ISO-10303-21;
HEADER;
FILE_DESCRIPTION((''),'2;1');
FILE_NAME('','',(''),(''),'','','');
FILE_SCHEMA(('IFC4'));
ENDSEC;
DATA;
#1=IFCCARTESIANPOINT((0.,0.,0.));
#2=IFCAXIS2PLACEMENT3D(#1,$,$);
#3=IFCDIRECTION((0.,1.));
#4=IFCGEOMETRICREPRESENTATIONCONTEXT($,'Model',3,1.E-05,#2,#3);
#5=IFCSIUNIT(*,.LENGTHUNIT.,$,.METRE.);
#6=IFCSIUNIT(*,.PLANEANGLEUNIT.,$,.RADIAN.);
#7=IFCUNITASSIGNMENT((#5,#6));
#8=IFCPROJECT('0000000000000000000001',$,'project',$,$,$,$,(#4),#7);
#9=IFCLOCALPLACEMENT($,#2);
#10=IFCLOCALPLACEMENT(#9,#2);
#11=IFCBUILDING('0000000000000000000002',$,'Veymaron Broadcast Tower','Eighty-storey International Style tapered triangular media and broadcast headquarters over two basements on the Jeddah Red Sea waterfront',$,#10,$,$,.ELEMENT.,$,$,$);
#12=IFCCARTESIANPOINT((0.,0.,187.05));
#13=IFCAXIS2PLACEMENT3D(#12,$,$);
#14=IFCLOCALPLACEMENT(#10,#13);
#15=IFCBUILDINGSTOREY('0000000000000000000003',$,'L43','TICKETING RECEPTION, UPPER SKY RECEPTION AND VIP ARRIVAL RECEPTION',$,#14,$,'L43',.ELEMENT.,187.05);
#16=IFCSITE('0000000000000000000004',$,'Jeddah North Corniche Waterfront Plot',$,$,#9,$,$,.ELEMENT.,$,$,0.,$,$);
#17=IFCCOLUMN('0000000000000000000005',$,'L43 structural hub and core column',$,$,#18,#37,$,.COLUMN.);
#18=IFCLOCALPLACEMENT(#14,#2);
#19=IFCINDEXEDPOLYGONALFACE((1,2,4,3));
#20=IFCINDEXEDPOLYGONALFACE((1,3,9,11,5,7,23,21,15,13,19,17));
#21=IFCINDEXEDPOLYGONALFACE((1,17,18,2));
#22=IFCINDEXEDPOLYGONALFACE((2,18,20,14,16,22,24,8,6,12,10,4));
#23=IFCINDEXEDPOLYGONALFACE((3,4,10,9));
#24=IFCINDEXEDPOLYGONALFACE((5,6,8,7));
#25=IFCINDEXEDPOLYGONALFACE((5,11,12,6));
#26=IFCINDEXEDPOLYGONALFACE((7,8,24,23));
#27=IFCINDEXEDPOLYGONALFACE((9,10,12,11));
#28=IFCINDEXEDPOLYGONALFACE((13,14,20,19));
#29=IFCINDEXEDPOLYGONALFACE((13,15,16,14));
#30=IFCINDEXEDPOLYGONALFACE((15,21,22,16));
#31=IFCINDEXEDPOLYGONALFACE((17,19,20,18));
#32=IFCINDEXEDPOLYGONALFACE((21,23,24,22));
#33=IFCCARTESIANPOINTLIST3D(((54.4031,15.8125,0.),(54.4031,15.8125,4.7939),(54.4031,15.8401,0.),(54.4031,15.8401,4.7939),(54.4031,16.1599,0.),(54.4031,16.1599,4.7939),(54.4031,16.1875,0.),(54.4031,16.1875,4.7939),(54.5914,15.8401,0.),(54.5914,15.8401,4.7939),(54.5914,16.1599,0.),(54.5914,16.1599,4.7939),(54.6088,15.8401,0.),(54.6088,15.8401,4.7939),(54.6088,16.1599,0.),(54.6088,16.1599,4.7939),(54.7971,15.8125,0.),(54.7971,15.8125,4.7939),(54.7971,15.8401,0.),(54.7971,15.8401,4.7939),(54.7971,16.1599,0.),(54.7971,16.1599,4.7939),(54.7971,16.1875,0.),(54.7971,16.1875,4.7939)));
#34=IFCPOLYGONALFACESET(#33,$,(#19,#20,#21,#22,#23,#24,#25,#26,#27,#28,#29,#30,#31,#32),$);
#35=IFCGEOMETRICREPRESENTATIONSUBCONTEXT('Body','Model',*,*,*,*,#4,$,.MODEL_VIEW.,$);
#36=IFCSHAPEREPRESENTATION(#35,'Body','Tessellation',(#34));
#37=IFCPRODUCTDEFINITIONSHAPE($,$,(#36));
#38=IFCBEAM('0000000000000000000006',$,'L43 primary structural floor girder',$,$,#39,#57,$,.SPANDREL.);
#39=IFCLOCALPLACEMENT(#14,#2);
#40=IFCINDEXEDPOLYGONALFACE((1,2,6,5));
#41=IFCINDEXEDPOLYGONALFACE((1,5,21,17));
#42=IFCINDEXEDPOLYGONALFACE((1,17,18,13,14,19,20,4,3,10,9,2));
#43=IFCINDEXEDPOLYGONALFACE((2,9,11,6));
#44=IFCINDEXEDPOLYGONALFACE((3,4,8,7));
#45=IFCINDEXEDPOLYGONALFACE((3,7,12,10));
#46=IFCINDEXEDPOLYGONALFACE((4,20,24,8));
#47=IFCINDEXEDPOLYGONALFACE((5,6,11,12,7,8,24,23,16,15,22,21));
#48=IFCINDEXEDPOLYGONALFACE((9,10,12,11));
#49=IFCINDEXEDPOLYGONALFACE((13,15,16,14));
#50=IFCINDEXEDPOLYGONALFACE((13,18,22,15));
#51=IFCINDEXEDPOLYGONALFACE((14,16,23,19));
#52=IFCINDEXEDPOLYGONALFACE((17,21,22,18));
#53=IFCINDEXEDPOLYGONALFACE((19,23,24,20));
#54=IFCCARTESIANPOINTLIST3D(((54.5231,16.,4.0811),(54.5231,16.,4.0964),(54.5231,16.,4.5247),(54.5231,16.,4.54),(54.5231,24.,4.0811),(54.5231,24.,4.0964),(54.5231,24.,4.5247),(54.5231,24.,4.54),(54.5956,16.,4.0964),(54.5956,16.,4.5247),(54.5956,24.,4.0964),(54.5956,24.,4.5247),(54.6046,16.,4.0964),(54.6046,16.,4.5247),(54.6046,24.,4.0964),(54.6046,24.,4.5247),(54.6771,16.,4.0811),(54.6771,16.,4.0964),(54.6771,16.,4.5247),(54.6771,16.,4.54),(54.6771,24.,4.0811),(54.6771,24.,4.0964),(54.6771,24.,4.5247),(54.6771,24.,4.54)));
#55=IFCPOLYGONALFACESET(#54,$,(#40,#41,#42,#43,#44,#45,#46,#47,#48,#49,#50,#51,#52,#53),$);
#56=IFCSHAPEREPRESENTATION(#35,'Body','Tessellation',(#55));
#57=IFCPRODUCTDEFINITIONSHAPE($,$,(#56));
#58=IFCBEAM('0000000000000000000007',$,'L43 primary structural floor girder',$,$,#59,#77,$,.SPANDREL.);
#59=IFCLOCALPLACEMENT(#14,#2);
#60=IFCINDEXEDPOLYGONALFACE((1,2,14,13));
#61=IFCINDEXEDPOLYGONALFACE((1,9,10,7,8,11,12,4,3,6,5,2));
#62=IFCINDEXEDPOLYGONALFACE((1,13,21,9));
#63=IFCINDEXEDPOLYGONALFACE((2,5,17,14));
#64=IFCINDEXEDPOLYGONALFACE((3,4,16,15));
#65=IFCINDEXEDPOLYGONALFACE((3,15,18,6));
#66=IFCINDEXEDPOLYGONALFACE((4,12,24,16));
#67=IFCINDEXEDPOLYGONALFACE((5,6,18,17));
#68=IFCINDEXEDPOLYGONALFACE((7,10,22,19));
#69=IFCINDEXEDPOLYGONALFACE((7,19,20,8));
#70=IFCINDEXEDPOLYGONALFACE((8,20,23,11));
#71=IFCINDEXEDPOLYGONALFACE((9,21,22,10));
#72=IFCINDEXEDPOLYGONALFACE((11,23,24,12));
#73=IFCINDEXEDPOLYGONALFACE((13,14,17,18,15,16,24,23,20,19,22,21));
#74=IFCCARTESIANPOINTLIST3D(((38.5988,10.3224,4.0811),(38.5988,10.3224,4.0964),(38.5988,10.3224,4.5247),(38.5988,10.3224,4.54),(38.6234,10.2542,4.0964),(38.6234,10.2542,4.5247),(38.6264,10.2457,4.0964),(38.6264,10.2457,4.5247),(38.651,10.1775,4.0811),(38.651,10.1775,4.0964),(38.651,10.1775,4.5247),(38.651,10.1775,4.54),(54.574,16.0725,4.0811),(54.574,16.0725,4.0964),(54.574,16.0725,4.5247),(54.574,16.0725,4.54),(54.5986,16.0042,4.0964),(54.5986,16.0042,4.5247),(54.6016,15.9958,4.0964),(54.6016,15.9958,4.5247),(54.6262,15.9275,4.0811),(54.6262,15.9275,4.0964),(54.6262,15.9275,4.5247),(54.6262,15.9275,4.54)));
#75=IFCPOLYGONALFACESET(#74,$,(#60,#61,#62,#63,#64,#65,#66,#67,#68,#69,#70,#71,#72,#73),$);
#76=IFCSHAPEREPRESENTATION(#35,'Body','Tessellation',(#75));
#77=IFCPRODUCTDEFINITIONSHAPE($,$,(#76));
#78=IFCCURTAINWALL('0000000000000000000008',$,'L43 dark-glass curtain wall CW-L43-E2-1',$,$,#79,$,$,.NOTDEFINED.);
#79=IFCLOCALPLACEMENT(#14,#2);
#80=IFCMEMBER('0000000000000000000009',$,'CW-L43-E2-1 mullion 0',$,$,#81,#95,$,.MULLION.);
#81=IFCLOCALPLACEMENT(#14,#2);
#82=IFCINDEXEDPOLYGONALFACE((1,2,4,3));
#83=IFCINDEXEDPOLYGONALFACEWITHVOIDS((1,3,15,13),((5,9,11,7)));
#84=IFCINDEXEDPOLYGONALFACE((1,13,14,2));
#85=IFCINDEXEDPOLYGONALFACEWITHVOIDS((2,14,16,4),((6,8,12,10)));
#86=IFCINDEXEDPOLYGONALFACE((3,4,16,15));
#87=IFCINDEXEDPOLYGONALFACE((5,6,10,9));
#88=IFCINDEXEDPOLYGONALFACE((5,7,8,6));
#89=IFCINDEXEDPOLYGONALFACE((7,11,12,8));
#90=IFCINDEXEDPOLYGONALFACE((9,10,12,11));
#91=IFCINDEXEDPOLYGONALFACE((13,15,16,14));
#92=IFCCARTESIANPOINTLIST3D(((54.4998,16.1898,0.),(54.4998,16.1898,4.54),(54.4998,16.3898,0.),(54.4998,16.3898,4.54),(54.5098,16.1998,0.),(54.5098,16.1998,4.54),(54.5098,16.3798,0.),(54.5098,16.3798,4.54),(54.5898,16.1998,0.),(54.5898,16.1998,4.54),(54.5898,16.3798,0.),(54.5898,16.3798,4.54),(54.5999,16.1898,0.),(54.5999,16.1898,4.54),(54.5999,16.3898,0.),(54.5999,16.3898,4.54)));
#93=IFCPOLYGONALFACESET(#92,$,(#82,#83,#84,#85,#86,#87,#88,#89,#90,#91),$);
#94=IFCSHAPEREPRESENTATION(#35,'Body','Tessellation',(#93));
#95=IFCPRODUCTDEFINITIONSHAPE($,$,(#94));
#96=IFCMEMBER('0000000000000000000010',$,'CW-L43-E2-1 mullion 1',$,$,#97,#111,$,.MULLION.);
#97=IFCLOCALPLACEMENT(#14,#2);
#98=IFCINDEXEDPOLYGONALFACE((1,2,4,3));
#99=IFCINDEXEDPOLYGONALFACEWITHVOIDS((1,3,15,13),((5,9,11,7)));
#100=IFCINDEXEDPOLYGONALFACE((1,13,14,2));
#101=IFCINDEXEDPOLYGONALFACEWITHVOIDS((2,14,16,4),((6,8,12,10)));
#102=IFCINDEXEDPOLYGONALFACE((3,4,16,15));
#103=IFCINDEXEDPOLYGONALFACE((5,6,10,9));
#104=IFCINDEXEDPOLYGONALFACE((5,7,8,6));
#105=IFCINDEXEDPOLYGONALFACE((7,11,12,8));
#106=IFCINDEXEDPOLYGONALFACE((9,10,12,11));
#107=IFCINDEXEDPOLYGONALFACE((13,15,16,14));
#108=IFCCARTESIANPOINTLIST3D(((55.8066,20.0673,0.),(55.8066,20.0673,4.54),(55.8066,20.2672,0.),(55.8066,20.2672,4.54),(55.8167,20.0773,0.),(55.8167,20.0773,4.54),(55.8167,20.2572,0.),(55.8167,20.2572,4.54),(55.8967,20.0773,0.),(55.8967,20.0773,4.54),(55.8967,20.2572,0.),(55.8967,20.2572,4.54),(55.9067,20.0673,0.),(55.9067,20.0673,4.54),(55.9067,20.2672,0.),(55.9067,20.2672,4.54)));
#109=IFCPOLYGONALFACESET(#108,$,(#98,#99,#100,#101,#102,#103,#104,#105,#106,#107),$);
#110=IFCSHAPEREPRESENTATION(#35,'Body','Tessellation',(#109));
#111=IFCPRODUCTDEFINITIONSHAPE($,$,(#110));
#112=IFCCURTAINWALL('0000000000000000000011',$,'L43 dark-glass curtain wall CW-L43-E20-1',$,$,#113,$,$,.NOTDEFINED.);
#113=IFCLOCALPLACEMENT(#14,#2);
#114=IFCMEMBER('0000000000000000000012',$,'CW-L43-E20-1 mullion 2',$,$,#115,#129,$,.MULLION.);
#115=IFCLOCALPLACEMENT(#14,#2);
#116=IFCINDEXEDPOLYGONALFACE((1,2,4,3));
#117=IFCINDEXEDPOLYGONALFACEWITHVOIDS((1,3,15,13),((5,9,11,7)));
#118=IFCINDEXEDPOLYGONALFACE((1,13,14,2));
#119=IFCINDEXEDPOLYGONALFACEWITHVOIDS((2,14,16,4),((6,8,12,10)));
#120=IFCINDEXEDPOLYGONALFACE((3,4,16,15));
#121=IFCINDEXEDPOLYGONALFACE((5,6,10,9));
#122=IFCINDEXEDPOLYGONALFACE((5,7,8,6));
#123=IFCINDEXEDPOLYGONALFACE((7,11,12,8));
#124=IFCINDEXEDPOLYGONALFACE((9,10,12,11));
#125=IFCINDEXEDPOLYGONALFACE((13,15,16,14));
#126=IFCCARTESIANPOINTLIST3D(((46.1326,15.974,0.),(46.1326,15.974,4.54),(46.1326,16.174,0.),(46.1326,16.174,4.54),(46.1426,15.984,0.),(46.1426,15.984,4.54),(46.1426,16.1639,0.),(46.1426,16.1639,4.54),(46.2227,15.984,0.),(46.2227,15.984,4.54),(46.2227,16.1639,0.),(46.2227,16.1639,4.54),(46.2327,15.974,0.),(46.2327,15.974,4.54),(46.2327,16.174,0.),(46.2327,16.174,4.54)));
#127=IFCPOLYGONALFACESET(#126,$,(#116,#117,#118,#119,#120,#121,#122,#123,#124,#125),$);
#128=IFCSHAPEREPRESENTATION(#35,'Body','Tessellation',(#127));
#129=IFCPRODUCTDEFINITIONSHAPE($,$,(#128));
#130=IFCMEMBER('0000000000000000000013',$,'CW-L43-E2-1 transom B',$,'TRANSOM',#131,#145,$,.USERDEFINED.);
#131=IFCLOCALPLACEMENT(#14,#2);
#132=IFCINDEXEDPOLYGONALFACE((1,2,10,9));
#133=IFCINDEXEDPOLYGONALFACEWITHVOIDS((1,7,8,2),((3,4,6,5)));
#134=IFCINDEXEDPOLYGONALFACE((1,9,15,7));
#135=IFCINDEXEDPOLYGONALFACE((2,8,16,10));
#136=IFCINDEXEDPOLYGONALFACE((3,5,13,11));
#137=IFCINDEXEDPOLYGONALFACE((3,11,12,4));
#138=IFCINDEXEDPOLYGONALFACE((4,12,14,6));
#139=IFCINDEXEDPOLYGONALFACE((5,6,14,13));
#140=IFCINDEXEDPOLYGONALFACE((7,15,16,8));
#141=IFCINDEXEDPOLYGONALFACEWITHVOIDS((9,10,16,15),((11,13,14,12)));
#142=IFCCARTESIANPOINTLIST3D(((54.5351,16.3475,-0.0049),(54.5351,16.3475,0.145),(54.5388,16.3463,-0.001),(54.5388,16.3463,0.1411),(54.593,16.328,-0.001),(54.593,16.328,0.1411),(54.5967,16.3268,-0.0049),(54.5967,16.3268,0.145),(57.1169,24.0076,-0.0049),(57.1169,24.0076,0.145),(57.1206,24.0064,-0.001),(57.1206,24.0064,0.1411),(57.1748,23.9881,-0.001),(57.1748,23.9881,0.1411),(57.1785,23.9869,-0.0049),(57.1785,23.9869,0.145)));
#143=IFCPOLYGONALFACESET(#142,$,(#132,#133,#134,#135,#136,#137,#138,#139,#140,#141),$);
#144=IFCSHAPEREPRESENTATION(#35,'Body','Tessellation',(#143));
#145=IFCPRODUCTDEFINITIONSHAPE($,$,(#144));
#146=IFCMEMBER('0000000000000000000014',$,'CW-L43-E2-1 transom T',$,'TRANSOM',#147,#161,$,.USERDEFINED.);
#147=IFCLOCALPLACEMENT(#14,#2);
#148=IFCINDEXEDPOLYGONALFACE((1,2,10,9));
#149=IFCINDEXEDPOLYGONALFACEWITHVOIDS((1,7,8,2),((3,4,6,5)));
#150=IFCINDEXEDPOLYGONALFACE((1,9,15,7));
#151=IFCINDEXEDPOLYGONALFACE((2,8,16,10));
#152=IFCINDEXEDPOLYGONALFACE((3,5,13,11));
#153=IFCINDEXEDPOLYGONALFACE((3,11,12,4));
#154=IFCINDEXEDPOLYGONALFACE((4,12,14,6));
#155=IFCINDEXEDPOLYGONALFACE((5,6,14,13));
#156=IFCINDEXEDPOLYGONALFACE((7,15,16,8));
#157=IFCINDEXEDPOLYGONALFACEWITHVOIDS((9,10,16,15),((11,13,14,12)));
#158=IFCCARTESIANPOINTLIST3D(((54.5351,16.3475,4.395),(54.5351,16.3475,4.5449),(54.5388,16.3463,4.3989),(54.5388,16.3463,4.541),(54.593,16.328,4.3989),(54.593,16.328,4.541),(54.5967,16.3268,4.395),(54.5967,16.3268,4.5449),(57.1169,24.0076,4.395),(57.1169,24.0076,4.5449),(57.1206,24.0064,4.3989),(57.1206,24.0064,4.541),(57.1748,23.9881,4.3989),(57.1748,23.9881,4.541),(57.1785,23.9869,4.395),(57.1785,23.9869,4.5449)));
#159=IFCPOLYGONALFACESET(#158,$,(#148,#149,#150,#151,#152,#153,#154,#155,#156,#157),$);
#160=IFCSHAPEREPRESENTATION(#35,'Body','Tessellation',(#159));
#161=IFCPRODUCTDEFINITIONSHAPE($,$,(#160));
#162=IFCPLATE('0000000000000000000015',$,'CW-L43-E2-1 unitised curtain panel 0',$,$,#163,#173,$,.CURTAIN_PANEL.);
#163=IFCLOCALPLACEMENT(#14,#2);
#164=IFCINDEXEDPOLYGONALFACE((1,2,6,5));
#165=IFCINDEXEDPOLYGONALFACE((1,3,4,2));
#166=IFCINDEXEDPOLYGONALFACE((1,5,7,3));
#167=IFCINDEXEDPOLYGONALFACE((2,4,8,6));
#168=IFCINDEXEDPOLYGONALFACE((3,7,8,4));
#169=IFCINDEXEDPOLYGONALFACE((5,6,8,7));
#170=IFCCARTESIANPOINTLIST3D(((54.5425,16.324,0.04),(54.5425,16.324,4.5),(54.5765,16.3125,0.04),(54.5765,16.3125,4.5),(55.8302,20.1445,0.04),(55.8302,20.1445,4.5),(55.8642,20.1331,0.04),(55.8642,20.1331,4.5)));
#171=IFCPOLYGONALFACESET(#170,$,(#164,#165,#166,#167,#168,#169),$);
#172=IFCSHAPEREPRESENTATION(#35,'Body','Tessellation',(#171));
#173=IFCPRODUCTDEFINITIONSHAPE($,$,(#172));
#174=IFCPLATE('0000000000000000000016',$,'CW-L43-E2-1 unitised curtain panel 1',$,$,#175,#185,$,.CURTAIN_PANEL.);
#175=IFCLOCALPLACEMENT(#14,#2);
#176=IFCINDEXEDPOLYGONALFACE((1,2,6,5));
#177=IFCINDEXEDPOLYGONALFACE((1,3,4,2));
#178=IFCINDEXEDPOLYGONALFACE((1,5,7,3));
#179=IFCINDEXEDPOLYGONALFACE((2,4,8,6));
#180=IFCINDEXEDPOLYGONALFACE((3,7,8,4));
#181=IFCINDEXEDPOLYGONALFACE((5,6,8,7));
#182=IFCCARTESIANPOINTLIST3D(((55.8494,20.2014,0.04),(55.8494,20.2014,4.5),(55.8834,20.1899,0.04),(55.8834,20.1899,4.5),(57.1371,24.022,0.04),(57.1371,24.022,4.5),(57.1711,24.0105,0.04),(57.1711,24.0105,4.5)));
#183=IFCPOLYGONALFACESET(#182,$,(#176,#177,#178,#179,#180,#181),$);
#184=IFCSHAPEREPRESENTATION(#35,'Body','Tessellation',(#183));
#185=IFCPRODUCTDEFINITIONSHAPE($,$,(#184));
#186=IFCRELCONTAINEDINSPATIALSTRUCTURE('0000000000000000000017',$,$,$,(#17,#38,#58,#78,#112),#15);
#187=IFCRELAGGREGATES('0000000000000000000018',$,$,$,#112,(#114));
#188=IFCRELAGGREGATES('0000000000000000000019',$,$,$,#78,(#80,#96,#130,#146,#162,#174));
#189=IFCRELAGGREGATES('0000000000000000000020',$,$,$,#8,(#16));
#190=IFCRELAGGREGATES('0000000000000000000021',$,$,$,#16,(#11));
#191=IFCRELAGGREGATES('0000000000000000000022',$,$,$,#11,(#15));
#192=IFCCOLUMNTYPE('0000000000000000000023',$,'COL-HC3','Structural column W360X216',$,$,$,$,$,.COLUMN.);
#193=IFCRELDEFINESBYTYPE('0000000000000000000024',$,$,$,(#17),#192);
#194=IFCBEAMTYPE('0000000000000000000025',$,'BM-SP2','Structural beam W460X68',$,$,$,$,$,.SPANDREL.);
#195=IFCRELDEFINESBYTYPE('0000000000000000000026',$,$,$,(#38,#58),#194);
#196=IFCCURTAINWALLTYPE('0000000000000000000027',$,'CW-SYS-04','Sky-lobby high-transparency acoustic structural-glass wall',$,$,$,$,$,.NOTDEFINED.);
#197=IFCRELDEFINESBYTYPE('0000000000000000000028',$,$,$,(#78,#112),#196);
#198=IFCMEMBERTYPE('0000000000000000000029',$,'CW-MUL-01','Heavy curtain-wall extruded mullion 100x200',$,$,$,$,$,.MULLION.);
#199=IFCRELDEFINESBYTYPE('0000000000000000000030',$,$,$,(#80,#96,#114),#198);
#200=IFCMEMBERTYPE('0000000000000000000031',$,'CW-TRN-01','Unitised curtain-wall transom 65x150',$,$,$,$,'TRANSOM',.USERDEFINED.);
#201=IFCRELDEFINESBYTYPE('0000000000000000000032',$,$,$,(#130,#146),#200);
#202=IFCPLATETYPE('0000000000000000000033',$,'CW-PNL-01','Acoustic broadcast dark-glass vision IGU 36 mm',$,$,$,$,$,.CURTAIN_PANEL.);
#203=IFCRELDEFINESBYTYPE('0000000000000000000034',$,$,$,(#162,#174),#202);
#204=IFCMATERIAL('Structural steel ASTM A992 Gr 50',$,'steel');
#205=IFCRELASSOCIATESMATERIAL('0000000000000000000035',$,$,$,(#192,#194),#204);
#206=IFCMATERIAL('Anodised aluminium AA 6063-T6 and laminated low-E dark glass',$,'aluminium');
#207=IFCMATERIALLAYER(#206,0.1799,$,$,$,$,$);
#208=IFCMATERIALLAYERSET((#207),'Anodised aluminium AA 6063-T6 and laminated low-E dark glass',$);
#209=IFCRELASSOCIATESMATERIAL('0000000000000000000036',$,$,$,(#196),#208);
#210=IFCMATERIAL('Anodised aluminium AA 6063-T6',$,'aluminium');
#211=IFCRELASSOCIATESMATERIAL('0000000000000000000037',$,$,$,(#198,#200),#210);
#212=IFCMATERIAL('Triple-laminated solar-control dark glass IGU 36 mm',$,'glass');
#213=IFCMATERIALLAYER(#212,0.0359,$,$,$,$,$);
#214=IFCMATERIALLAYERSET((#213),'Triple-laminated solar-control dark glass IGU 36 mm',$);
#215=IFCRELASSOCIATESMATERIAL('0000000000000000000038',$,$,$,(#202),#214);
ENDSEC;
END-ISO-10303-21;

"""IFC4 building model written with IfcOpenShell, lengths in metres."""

from ifc_helpers import new_model, si_unit, direction, frame, origin, origin_2d, place, context, subcontext, project, spatial, rectangle, hollow_rectangle, i_section, extrude, material, layer, layer_set, material_profile, profile_set, type_object, element, aggregate, save


model = new_model("IFC4")

# Units and contexts
model_context = context("Model", 3, precision=1e-05, world=origin(), true_north=direction((0.0, 1.0)))
body_context = subcontext(model_context, "Body", "Model", "MODEL_VIEW")
ifc_project = project(units=[si_unit("LENGTHUNIT", "METRE"), si_unit("PLANEANGLEUNIT", "RADIAN")], contexts=[model_context])

# Site, building, storey
site_placement = place(None, origin())
site = spatial("IfcSite", under=ifc_project, at=site_placement, Name="Jeddah North Corniche Waterfront Plot", CompositionType="ELEMENT", RefElevation=0.0)
building_placement = place(site_placement, origin())
building = spatial("IfcBuilding", under=site, at=building_placement, Name="Veymaron Broadcast Tower", Description="Eighty-storey International Style tapered triangular media and broadcast headquarters over two basements on the Jeddah Red Sea waterfront", CompositionType="ELEMENT")
storey_placement = place(building_placement, frame((0.0, 0.0, 187.05)))
storey = spatial("IfcBuildingStorey", under=building, at=storey_placement, Name="L43", Description="TICKETING RECEPTION, UPPER SKY RECEPTION AND VIP ARRIVAL RECEPTION", LongName="L43", CompositionType="ELEMENT", Elevation=187.05)

# Column
ifc_material_1 = material(Name="Structural steel ASTM A992 Gr 50", Category="steel")
ifc_material_profile_1 = material_profile(ifc_material_1, i_section(OverallWidth=0.394, OverallDepth=0.375, WebThickness=0.0173, FlangeThickness=0.0276, at=origin_2d()), Name="W360X216")
ifc_profile_set_1 = profile_set([ifc_material_profile_1], Name="Structural steel ASTM A992 Gr 50")
column_type = type_object("IfcColumnType", Name="COL-HC3", Description="Structural column W360X216", PredefinedType="COLUMN", material=ifc_profile_set_1)
column_placement = place(storey_placement, frame((54.6001, 16.0, 0.0), z_axis=(0.0, 0.0, 1.0), x_axis=(1.0, 0.0, 0.0)))
element("IfcColumn", 1, at=column_placement, inside=storey, type_object=column_type, Name="L43 structural hub and core column", PredefinedType="COLUMN", context=body_context, shape_type="SweptSolid", body=[
    extrude(i_section(OverallWidth=0.394, OverallDepth=0.375, WebThickness=0.0173, FlangeThickness=0.0276, at=origin_2d()), origin(), (0.0, 0.0, 1.0), 4.7939),
])

# Beams
ifc_material_profile_2 = material_profile(ifc_material_1, i_section(OverallWidth=0.1541, OverallDepth=0.459, WebThickness=0.009, FlangeThickness=0.0154, at=origin_2d()), Name="W460X68")
ifc_profile_set_2 = profile_set([ifc_material_profile_2], Name="Structural steel ASTM A992 Gr 50")
beam_type = type_object("IfcBeamType", Name="BM-SP2", Description="Structural beam W460X68", PredefinedType="SPANDREL", material=ifc_profile_set_2)
beam_1_placement = place(storey_placement, frame((54.6001, 16.0, 4.3105), z_axis=(0.0, 1.0, 0.0), x_axis=(-1.0, 0.0, 0.0)))
element("IfcBeam", 2, at=beam_1_placement, inside=storey, type_object=beam_type, Name="L43 primary structural floor girder", PredefinedType="SPANDREL", context=body_context, shape_type="SweptSolid", body=[
    extrude(i_section(OverallWidth=0.1541, OverallDepth=0.459, WebThickness=0.009, FlangeThickness=0.0154, at=origin_2d()), origin(), (0.0, 0.0, 1.0), 8.0),
])
beam_2_placement = place(storey_placement, frame((54.6001, 16.0, 4.3105), z_axis=(-0.940907, -0.338665, 0.0), x_axis=(0.338665, -0.940907, 0.0)))
element("IfcBeam", 3, at=beam_2_placement, inside=storey, type_object=beam_type, Name="L43 primary structural floor girder", PredefinedType="SPANDREL", context=body_context, shape_type="SweptSolid", body=[
    extrude(i_section(OverallWidth=0.1541, OverallDepth=0.459, WebThickness=0.009, FlangeThickness=0.0154, at=origin_2d()), origin(), (0.0, 0.0, 1.0), 16.9785),
])

# Curtain wall, members
ifc_material_2 = material(Name="Anodised aluminium AA 6063-T6 and laminated low-E dark glass", Category="aluminium")
ifc_layer_1 = layer(ifc_material_2, 0.1799)
ifc_layer_set_1 = layer_set([ifc_layer_1], Name="Anodised aluminium AA 6063-T6 and laminated low-E dark glass")
curtain_wall_type = type_object("IfcCurtainWallType", Name="CW-SYS-04", Description="Sky-lobby high-transparency acoustic structural-glass wall", PredefinedType="NOTDEFINED", material=ifc_layer_set_1)
curtain_wall_1_placement = place(storey_placement, origin())
curtain_wall_1 = element("IfcCurtainWall", 4, at=curtain_wall_1_placement, inside=storey, type_object=curtain_wall_type, Name="L43 dark-glass curtain wall CW-L43-E2-1", PredefinedType="NOTDEFINED")
ifc_material_3 = material(Name="Anodised aluminium AA 6063-T6", Category="aluminium")
ifc_material_profile_3 = material_profile(ifc_material_3, hollow_rectangle(XDim=0.1001, YDim=0.2, WallThickness=0.01, at=origin_2d()), Name="RHS200X100X10")
ifc_profile_set_3 = profile_set([ifc_material_profile_3], Name="Anodised aluminium AA 6063-T6")
member_type_1 = type_object("IfcMemberType", Name="CW-MUL-01", Description="Heavy curtain-wall extruded mullion 100x200", PredefinedType="MULLION", material=ifc_profile_set_3)
member_1_placement = place(storey_placement, frame((54.5498, 16.2898, 0.0), z_axis=(0.0, 0.0, 1.0), x_axis=(1.0, 0.0, 0.0)))
member_1 = element("IfcMember", 5, at=member_1_placement, type_object=member_type_1, Name="CW-L43-E2-1 mullion 0", PredefinedType="MULLION", context=body_context, shape_type="SweptSolid", body=[
    extrude(hollow_rectangle(XDim=0.1001, YDim=0.2, WallThickness=0.01, at=origin_2d()), origin(), (0.0, 0.0, 1.0), 4.54),
])
member_2_placement = place(storey_placement, frame((55.8567, 20.1672, 0.0), z_axis=(0.0, 0.0, 1.0), x_axis=(1.0, 0.0, 0.0)))
member_2 = element("IfcMember", 6, at=member_2_placement, type_object=member_type_1, Name="CW-L43-E2-1 mullion 1", PredefinedType="MULLION", context=body_context, shape_type="SweptSolid", body=[
    extrude(hollow_rectangle(XDim=0.1001, YDim=0.2, WallThickness=0.01, at=origin_2d()), origin(), (0.0, 0.0, 1.0), 4.54),
])

# Curtain wall, member
curtain_wall_2_placement = place(storey_placement, origin())
curtain_wall_2 = element("IfcCurtainWall", 7, at=curtain_wall_2_placement, inside=storey, type_object=curtain_wall_type, Name="L43 dark-glass curtain wall CW-L43-E20-1", PredefinedType="NOTDEFINED")
member_3_placement = place(storey_placement, frame((46.1826, 16.074, 0.0), z_axis=(0.0, 0.0, 1.0), x_axis=(1.0, 0.0, 0.0)))
member_3 = element("IfcMember", 8, at=member_3_placement, type_object=member_type_1, Name="CW-L43-E20-1 mullion 2", PredefinedType="MULLION", context=body_context, shape_type="SweptSolid", body=[
    extrude(hollow_rectangle(XDim=0.1001, YDim=0.2, WallThickness=0.01, at=origin_2d()), origin(), (0.0, 0.0, 1.0), 4.54),
])
aggregate(curtain_wall_2, [member_3])

# Members
ifc_material_profile_4 = material_profile(ifc_material_3, hollow_rectangle(XDim=0.0649, YDim=0.1499, WallThickness=0.0039, at=origin_2d()), Name="AL150X65X4")
ifc_profile_set_4 = profile_set([ifc_material_profile_4], Name="Anodised aluminium AA 6063-T6")
member_type_2 = type_object("IfcMemberType", Name="CW-TRN-01", Description="Unitised curtain-wall transom 65x150", ElementType="TRANSOM", PredefinedType="USERDEFINED", material=ifc_profile_set_4)
member_4_placement = place(storey_placement, frame((54.5659, 16.3372, 0.0701), z_axis=(0.319388, 0.947624, 0.0), x_axis=(-0.947624, 0.319388, 0.0)))
member_4 = element("IfcMember", 9, at=member_4_placement, type_object=member_type_2, Name="CW-L43-E2-1 transom B", ObjectType="TRANSOM", PredefinedType="USERDEFINED", context=body_context, shape_type="SweptSolid", body=[
    extrude(hollow_rectangle(XDim=0.0649, YDim=0.1499, WallThickness=0.0039, at=origin_2d()), origin(), (0.0, 0.0, 1.0), 8.0835),
])
member_5_placement = place(storey_placement, frame((54.5659, 16.3372, 4.47), z_axis=(0.319388, 0.947624, 0.0), x_axis=(-0.947624, 0.319388, 0.0)))
member_5 = element("IfcMember", 10, at=member_5_placement, type_object=member_type_2, Name="CW-L43-E2-1 transom T", ObjectType="TRANSOM", PredefinedType="USERDEFINED", context=body_context, shape_type="SweptSolid", body=[
    extrude(hollow_rectangle(XDim=0.0649, YDim=0.1499, WallThickness=0.0039, at=origin_2d()), origin(), (0.0, 0.0, 1.0), 8.0835),
])

# Plates
ifc_material_4 = material(Name="Triple-laminated solar-control dark glass IGU 36 mm", Category="glass")
ifc_layer_2 = layer(ifc_material_4, 0.0359)
ifc_layer_set_2 = layer_set([ifc_layer_2], Name="Triple-laminated solar-control dark glass IGU 36 mm")
plate_type = type_object("IfcPlateType", Name="CW-PNL-01", Description="Acoustic broadcast dark-glass vision IGU 36 mm", PredefinedType="CURTAIN_PANEL", material=ifc_layer_set_2)
plate_1_placement = place(storey_placement, frame((55.2034, 18.2285, 0.04), z_axis=(0.0, 0.0, 1.0), x_axis=(0.319389, 0.947624, 0.0)))
plate_1 = element("IfcPlate", 11, at=plate_1_placement, type_object=plate_type, Name="CW-L43-E2-1 unitised curtain panel 0", PredefinedType="CURTAIN_PANEL", context=body_context, shape_type="SweptSolid", body=[
    extrude(rectangle(XDim=4.0317, YDim=0.0359, at=origin_2d()), origin(), (0.0, 0.0, 1.0), 4.46),
])
plate_2_placement = place(storey_placement, frame((56.5103, 22.106, 0.04), z_axis=(0.0, 0.0, 1.0), x_axis=(0.319389, 0.947624, 0.0)))
plate_2 = element("IfcPlate", 12, at=plate_2_placement, type_object=plate_type, Name="CW-L43-E2-1 unitised curtain panel 1", PredefinedType="CURTAIN_PANEL", context=body_context, shape_type="SweptSolid", body=[
    extrude(rectangle(XDim=4.0317, YDim=0.0359, at=origin_2d()), origin(), (0.0, 0.0, 1.0), 4.46),
])
aggregate(curtain_wall_1, [member_1, member_2, member_4, member_5, plate_1, plate_2])

save(model, "model.ifc")
